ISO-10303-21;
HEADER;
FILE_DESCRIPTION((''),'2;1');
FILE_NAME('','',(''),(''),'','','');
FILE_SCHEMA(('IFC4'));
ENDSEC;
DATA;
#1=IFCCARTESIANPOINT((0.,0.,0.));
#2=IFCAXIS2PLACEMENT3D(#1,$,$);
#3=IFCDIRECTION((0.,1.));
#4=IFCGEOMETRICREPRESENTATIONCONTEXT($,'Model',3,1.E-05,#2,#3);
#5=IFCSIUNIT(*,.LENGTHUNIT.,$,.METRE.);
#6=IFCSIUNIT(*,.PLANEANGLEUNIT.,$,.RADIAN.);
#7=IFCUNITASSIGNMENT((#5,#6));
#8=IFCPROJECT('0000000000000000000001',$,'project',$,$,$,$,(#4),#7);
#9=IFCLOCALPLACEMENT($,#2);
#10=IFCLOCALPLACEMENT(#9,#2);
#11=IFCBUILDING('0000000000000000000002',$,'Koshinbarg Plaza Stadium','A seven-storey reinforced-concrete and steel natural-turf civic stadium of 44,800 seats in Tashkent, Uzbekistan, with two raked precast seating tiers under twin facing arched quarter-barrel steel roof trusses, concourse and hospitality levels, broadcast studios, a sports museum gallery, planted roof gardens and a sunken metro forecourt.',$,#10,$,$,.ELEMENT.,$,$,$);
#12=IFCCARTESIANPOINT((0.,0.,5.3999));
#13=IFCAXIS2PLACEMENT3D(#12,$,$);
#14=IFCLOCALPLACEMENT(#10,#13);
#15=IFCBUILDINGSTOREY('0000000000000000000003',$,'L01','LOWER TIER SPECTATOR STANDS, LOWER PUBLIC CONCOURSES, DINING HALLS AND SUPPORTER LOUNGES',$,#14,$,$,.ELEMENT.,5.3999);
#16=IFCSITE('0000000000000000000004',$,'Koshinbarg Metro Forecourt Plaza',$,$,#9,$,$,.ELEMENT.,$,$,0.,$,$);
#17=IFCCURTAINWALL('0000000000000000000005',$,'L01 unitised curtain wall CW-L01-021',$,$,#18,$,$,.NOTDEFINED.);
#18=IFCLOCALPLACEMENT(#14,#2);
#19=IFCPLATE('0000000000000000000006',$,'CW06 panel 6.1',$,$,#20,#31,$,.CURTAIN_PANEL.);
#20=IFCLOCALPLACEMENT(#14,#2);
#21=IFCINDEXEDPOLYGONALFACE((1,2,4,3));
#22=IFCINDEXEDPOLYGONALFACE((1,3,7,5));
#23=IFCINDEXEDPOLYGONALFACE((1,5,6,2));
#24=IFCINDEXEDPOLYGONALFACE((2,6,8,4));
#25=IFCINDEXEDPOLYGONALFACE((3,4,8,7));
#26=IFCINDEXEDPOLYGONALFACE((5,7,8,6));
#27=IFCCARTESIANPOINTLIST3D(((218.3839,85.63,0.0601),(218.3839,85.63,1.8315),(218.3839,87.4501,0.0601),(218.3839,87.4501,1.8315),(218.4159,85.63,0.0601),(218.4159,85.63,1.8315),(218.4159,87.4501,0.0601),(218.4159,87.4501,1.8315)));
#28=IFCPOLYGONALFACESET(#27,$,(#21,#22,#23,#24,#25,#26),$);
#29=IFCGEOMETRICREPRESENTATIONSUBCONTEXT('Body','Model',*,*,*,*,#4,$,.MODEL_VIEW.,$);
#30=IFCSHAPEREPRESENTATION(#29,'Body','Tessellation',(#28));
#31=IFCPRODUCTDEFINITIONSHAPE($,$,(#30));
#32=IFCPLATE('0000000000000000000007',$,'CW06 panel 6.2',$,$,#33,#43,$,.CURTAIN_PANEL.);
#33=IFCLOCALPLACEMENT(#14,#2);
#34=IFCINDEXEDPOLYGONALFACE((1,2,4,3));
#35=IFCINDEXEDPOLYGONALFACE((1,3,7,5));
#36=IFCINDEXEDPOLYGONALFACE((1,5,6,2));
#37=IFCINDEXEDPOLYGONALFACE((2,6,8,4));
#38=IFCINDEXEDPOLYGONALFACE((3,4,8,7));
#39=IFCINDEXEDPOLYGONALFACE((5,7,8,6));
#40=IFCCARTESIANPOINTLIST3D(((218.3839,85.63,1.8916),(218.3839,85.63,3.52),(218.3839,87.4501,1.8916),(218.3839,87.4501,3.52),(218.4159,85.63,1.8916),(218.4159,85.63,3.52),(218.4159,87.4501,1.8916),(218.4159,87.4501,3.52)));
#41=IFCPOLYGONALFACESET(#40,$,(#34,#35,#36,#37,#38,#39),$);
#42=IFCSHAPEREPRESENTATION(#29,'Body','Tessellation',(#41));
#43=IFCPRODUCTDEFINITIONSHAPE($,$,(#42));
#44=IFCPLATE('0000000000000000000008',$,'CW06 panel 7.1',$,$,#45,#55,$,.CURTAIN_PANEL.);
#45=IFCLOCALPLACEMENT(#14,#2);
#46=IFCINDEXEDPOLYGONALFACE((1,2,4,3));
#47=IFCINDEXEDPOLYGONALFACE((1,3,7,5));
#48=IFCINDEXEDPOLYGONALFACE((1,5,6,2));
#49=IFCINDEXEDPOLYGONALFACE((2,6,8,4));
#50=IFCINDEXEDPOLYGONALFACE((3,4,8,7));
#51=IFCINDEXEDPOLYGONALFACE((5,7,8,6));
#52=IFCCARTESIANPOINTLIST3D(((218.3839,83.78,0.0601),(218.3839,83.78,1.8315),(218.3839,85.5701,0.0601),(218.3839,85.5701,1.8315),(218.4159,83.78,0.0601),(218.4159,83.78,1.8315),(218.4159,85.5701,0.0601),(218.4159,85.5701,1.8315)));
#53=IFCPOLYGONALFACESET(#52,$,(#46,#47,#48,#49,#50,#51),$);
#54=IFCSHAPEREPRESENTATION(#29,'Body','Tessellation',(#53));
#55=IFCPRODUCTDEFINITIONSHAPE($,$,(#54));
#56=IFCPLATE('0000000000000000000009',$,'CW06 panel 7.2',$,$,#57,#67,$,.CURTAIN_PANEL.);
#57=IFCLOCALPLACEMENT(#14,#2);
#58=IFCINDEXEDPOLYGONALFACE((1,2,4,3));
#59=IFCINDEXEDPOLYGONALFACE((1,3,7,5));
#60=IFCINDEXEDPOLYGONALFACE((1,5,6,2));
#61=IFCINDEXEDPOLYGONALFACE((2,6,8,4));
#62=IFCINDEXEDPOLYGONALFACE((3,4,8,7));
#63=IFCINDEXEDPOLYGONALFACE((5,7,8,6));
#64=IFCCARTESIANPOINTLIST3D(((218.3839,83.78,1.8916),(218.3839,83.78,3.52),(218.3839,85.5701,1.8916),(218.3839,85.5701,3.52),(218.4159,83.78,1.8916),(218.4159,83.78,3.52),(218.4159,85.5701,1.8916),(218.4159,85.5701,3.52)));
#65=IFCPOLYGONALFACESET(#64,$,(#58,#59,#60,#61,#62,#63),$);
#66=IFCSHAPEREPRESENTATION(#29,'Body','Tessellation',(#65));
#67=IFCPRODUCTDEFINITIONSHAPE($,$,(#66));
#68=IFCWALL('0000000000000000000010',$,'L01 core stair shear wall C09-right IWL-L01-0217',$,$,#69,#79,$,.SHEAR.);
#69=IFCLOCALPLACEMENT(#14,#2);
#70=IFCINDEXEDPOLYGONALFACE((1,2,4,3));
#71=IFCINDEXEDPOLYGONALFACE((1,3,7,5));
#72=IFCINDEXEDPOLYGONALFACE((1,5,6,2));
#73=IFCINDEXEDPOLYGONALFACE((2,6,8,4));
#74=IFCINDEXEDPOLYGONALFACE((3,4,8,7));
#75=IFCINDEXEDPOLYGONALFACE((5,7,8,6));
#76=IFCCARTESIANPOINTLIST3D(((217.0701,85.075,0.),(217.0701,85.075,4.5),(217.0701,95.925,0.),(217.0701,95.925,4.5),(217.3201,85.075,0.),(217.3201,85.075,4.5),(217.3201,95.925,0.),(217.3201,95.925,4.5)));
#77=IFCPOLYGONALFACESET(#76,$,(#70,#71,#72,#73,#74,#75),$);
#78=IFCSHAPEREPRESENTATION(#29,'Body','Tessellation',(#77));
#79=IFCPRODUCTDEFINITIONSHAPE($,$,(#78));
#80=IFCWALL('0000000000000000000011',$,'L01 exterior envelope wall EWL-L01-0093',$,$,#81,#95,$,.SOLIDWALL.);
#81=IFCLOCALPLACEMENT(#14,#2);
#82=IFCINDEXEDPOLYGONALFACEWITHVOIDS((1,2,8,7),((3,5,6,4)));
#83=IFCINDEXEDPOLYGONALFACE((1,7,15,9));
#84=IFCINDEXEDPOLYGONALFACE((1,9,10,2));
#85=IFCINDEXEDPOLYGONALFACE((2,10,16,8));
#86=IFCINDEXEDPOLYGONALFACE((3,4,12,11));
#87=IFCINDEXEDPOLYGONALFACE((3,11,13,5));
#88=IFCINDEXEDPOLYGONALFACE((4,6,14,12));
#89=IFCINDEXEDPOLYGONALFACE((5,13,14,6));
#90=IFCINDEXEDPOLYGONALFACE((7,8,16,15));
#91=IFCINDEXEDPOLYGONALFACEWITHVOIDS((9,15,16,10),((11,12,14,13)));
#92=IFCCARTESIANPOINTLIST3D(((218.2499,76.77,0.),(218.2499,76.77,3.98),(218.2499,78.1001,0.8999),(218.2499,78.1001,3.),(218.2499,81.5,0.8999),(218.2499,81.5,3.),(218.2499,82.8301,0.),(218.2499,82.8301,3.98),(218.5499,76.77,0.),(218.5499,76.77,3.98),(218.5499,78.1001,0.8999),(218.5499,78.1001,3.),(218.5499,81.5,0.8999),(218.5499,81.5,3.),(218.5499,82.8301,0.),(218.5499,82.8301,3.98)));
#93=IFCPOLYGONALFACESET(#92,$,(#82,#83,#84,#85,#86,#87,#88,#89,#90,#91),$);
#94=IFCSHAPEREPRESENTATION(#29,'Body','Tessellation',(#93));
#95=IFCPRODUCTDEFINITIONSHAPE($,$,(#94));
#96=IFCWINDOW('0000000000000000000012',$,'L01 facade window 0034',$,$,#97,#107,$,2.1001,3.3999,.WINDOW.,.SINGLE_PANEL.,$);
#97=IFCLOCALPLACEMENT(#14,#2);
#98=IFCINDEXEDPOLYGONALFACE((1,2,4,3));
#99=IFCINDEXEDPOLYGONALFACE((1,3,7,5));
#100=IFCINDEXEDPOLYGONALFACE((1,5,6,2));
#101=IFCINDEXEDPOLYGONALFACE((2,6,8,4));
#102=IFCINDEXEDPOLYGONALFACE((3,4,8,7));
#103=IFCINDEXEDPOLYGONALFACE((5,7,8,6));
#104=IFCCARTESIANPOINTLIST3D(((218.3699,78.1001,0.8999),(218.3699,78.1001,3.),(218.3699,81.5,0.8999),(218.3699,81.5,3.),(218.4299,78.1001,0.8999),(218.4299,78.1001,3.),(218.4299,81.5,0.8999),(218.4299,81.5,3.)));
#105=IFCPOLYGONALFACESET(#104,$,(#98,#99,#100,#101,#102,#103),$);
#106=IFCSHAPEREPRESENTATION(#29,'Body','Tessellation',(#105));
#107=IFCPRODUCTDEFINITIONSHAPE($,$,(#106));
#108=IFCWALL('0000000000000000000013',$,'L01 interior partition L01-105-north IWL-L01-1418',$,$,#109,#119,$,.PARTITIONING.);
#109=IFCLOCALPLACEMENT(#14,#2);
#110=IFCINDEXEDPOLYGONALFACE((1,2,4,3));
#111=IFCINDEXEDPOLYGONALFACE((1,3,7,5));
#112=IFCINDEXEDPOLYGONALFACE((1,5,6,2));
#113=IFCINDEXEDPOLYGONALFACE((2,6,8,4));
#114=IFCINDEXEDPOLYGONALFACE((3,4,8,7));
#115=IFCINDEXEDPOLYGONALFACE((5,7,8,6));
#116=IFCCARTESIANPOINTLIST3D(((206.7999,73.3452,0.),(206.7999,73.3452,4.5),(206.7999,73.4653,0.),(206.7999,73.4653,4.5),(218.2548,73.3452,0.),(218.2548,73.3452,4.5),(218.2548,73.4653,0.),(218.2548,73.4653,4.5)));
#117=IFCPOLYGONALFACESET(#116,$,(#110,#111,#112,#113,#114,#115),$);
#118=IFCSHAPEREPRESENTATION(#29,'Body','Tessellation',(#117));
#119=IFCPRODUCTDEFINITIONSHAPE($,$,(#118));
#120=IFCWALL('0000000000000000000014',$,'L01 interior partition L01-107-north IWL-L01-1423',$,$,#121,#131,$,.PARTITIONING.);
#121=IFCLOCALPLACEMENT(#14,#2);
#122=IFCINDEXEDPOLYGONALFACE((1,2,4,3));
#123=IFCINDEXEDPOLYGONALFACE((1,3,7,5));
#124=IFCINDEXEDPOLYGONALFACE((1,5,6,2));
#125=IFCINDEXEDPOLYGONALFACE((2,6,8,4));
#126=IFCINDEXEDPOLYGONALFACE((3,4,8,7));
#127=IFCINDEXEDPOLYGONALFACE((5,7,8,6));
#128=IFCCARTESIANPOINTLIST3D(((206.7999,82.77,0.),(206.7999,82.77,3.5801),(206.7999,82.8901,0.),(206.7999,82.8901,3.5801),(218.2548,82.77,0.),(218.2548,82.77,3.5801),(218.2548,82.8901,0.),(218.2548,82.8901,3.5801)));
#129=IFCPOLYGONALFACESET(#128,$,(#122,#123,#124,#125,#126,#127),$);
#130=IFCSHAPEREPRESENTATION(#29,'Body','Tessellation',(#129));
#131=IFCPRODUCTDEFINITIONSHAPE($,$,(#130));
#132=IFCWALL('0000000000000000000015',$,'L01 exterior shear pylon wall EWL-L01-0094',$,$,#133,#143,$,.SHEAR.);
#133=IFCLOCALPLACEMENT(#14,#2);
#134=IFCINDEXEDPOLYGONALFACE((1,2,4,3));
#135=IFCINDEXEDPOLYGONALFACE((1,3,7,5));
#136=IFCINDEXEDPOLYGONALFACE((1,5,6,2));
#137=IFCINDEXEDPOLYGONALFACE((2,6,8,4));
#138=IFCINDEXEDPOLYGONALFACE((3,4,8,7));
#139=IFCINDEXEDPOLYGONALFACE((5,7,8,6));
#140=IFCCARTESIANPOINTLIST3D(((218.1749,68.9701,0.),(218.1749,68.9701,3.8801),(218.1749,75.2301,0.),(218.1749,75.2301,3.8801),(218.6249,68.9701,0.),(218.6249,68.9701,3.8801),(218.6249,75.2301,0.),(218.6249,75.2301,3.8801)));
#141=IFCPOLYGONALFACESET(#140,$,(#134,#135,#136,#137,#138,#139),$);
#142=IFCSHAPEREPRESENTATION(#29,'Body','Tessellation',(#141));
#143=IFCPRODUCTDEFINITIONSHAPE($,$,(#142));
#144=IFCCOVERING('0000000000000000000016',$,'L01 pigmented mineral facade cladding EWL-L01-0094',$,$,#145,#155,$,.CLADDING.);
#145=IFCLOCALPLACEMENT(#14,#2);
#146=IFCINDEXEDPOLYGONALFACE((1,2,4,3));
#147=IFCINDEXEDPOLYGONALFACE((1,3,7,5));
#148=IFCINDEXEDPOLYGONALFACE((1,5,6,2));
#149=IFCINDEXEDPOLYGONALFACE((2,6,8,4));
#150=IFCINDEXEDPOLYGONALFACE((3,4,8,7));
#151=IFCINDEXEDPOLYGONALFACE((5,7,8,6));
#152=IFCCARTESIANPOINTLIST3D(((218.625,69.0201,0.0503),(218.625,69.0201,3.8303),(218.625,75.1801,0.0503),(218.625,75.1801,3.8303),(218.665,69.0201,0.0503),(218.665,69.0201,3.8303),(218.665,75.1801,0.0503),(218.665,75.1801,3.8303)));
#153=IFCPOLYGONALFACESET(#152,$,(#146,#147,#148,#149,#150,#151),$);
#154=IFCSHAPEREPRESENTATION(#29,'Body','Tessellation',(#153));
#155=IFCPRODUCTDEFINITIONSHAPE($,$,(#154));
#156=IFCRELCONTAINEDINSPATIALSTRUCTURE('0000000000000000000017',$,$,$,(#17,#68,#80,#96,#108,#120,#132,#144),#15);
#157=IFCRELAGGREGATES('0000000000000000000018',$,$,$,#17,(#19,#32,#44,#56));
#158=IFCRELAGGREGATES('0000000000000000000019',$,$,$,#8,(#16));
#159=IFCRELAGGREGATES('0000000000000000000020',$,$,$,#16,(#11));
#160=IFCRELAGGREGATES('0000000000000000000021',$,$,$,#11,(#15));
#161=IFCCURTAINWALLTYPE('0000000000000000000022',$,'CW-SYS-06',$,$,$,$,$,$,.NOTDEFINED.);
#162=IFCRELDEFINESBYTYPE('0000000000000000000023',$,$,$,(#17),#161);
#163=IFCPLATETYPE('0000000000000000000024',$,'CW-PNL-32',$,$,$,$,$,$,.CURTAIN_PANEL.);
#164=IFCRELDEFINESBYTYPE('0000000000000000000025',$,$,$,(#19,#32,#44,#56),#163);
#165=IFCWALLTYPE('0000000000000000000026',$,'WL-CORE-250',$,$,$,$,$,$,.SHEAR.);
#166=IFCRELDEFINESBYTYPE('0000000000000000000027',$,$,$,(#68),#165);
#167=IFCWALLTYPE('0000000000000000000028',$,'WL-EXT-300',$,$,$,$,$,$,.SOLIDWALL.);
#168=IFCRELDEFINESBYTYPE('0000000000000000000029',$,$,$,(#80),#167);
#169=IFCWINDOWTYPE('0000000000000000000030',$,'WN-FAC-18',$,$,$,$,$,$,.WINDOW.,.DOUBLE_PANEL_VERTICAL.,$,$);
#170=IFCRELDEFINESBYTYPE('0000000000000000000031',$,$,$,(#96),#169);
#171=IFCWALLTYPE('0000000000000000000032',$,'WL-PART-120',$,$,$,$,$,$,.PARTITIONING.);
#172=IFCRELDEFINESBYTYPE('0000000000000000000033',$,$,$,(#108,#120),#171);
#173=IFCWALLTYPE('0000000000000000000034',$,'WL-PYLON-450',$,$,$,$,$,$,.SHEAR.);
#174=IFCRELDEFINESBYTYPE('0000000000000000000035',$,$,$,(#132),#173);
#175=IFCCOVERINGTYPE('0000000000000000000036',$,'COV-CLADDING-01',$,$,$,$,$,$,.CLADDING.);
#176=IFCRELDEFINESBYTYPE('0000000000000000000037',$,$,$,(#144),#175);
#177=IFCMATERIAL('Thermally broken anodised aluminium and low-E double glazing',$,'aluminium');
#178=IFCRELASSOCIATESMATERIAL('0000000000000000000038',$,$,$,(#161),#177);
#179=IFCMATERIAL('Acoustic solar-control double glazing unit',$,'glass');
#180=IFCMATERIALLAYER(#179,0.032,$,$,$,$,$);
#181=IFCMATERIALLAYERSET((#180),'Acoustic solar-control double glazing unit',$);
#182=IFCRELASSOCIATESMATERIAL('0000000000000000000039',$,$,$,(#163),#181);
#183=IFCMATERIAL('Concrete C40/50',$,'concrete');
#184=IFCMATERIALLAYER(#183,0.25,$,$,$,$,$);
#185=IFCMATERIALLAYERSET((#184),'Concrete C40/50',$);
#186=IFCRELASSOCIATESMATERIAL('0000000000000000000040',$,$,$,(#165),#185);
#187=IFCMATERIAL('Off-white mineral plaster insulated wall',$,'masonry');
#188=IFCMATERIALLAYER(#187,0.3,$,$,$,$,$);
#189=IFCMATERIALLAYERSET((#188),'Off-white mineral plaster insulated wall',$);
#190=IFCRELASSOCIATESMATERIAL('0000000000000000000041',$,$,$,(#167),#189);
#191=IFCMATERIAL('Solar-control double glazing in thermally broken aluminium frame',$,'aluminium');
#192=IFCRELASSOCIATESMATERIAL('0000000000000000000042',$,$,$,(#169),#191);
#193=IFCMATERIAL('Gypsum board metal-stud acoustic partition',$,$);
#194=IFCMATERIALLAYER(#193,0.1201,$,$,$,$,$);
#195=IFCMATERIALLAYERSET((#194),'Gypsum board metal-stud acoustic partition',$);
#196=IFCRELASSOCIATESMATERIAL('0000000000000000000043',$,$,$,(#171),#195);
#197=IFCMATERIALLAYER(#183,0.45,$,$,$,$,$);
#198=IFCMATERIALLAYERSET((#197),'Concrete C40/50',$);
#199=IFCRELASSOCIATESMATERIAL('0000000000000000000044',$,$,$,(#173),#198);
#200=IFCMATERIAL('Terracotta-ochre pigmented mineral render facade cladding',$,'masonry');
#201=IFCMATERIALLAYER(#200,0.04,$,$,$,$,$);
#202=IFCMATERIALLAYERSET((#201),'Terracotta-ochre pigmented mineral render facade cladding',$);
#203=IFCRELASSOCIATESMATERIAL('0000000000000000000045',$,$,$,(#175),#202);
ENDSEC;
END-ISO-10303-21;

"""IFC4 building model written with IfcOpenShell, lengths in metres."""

from ifc_helpers import new_model, si_unit, direction, frame, frame_2d, origin, origin_2d, place, context, subcontext, project, spatial, rectangle, extrude, material, layer, layer_set, type_object, element, fill, aggregate, save


model = new_model("IFC4")

# Units and contexts
model_context = context("Model", 3, precision=1e-05, world=origin(), true_north=direction((0.0, 1.0)))
body_context = subcontext(model_context, "Body", "Model", "MODEL_VIEW")
ifc_project = project(units=[si_unit("LENGTHUNIT", "METRE"), si_unit("PLANEANGLEUNIT", "RADIAN")], contexts=[model_context])

# Site, building, storey
site_placement = place(None, origin())
site = spatial("IfcSite", under=ifc_project, at=site_placement, Name="Koshinbarg Metro Forecourt Plaza", CompositionType="ELEMENT", RefElevation=0.0)
building_placement = place(site_placement, origin())
building = spatial("IfcBuilding", under=site, at=building_placement, Name="Koshinbarg Plaza Stadium", Description="A seven-storey reinforced-concrete and steel natural-turf civic stadium of 44,800 seats in Tashkent, Uzbekistan, with two raked precast seating tiers under twin facing arched quarter-barrel steel roof trusses, concourse and hospitality levels, broadcast studios, a sports museum gallery, planted roof gardens and a sunken metro forecourt.", CompositionType="ELEMENT")
storey_placement = place(building_placement, frame((0.0, 0.0, 5.3999)))
storey = spatial("IfcBuildingStorey", under=building, at=storey_placement, Name="L01", Description="LOWER TIER SPECTATOR STANDS, LOWER PUBLIC CONCOURSES, DINING HALLS AND SUPPORTER LOUNGES", CompositionType="ELEMENT", Elevation=5.3999)

# Shared definitions
ifc_material_1 = material(Name="Concrete C40/50", Category="concrete")

# Curtain wall, plates
ifc_material_2 = material(Name="Thermally broken anodised aluminium and low-E double glazing", Category="aluminium")
curtain_wall_type = type_object("IfcCurtainWallType", Name="CW-SYS-06", PredefinedType="NOTDEFINED", material=ifc_material_2)
curtain_wall_placement = place(storey_placement, origin())
curtain_wall = element("IfcCurtainWall", 1, at=curtain_wall_placement, inside=storey, type_object=curtain_wall_type, Name="L01 unitised curtain wall CW-L01-021", PredefinedType="NOTDEFINED")
ifc_material_3 = material(Name="Acoustic solar-control double glazing unit", Category="glass")
ifc_layer_1 = layer(ifc_material_3, 0.032)
ifc_layer_set_1 = layer_set([ifc_layer_1], Name="Acoustic solar-control double glazing unit")
plate_type = type_object("IfcPlateType", Name="CW-PNL-32", PredefinedType="CURTAIN_PANEL", material=ifc_layer_set_1)
plate_1_placement = place(storey_placement, frame((218.3999, 86.54, 0.0601), z_axis=(0.0, 0.0, 1.0), x_axis=(0.0, -1.0, 0.0)))
plate_1 = element("IfcPlate", 2, at=plate_1_placement, type_object=plate_type, Name="CW06 panel 6.1", PredefinedType="CURTAIN_PANEL", context=body_context, shape_type="SweptSolid", body=[
    extrude(rectangle(XDim=1.8201, YDim=0.032, at=origin_2d()), origin(), (0.0, 0.0, 1.0), 1.7715),
])
plate_2_placement = place(storey_placement, frame((218.3999, 86.54, 1.8916), z_axis=(0.0, 0.0, 1.0), x_axis=(0.0, -1.0, 0.0)))
plate_2 = element("IfcPlate", 3, at=plate_2_placement, type_object=plate_type, Name="CW06 panel 6.2", PredefinedType="CURTAIN_PANEL", context=body_context, shape_type="SweptSolid", body=[
    extrude(rectangle(XDim=1.8201, YDim=0.032, at=origin_2d()), origin(), (0.0, 0.0, 1.0), 1.6284),
])
plate_3_placement = place(storey_placement, frame((218.3999, 84.675, 0.0601), z_axis=(0.0, 0.0, 1.0), x_axis=(0.0, -1.0, 0.0)))
plate_3 = element("IfcPlate", 4, at=plate_3_placement, type_object=plate_type, Name="CW06 panel 7.1", PredefinedType="CURTAIN_PANEL", context=body_context, shape_type="SweptSolid", body=[
    extrude(rectangle(XDim=1.79, YDim=0.032, at=origin_2d()), origin(), (0.0, 0.0, 1.0), 1.7715),
])
plate_4_placement = place(storey_placement, frame((218.3999, 84.675, 1.8916), z_axis=(0.0, 0.0, 1.0), x_axis=(0.0, -1.0, 0.0)))
plate_4 = element("IfcPlate", 5, at=plate_4_placement, type_object=plate_type, Name="CW06 panel 7.2", PredefinedType="CURTAIN_PANEL", context=body_context, shape_type="SweptSolid", body=[
    extrude(rectangle(XDim=1.79, YDim=0.032, at=origin_2d()), origin(), (0.0, 0.0, 1.0), 1.6284),
])
aggregate(curtain_wall, [plate_1, plate_2, plate_3, plate_4])

# Wall
ifc_layer_2 = layer(ifc_material_1, 0.25)
ifc_layer_set_2 = layer_set([ifc_layer_2], Name="Concrete C40/50")
wall_type_1 = type_object("IfcWallType", Name="WL-CORE-250", PredefinedType="SHEAR", material=ifc_layer_set_2)
wall_1_placement = place(storey_placement, frame((217.1951, 85.075, 0.0), z_axis=(0.0, 0.0, 1.0), x_axis=(0.0, 1.0, 0.0)))
element("IfcWall", 6, at=wall_1_placement, inside=storey, type_object=wall_type_1, Name="L01 core stair shear wall C09-right IWL-L01-0217", PredefinedType="SHEAR", context=body_context, shape_type="SweptSolid", body=[
    extrude(rectangle(XDim=10.8501, YDim=0.25, at=frame_2d((5.425, 0.0))), origin(), (0.0, 0.0, 1.0), 4.5),
])

# Wall, opening, window
ifc_material_4 = material(Name="Off-white mineral plaster insulated wall", Category="masonry")
ifc_layer_3 = layer(ifc_material_4, 0.3)
ifc_layer_set_3 = layer_set([ifc_layer_3], Name="Off-white mineral plaster insulated wall")
wall_type_2 = type_object("IfcWallType", Name="WL-EXT-300", PredefinedType="SOLIDWALL", material=ifc_layer_set_3)
wall_2_placement = place(storey_placement, frame((218.3999, 82.8301, 0.0), z_axis=(0.0, 0.0, 1.0), x_axis=(0.0, -1.0, 0.0)))
wall_2 = element("IfcWall", 7, at=wall_2_placement, inside=storey, type_object=wall_type_2, Name="L01 exterior envelope wall EWL-L01-0093", PredefinedType="SOLIDWALL", context=body_context, shape_type="SweptSolid", body=[
    extrude(rectangle(XDim=6.0601, YDim=0.3, at=frame_2d((3.03, 0.0))), origin(), (0.0, 0.0, 1.0), 3.98),
])
opening_placement = place(wall_2_placement, frame((1.3301, 0.0, 0.8999)))
opening = element("IfcOpeningElement", 8, at=opening_placement, cuts=wall_2, PredefinedType="OPENING", context=body_context, shape_type="SweptSolid", body=[
    extrude(rectangle(XDim=3.3999, YDim=2.1001, at=frame_2d((1.7, 1.05))), frame((0.0, 0.1599, 0.0), z_axis=(0.0, -1.0, 0.0), x_axis=(1.0, 0.0, 0.0)), (0.0, 0.0, 1.0), 0.3201),
])
ifc_material_5 = material(Name="Solar-control double glazing in thermally broken aluminium frame", Category="aluminium")
window_type = type_object("IfcWindowType", Name="WN-FAC-18", PartitioningType="DOUBLE_PANEL_VERTICAL", PredefinedType="WINDOW", material=ifc_material_5)
window_placement = place(opening_placement, origin())
window = element("IfcWindow", 9, at=window_placement, inside=storey, type_object=window_type, Name="L01 facade window 0034", OverallHeight=2.1001, OverallWidth=3.3999, PartitioningType="SINGLE_PANEL", PredefinedType="WINDOW", context=body_context, shape_type="SweptSolid", body=[
    extrude(rectangle(XDim=3.3999, YDim=2.1001, at=frame_2d((1.7, 1.05))), frame((0.0, 0.03, 0.0), z_axis=(0.0, -1.0, 0.0), x_axis=(1.0, 0.0, 0.0)), (0.0, 0.0, 1.0), 0.0601),
])
fill(opening, window)

# Walls
ifc_material_6 = material(Name="Gypsum board metal-stud acoustic partition")
ifc_layer_4 = layer(ifc_material_6, 0.1201)
ifc_layer_set_4 = layer_set([ifc_layer_4], Name="Gypsum board metal-stud acoustic partition")
wall_type_3 = type_object("IfcWallType", Name="WL-PART-120", PredefinedType="PARTITIONING", material=ifc_layer_set_4)
wall_3_placement = place(storey_placement, frame((218.2549, 73.4053, 0.0), z_axis=(0.0, 0.0, 1.0), x_axis=(-1.0, 0.0, 0.0)))
element("IfcWall", 10, at=wall_3_placement, inside=storey, type_object=wall_type_3, Name="L01 interior partition L01-105-north IWL-L01-1418", PredefinedType="PARTITIONING", context=body_context, shape_type="SweptSolid", body=[
    extrude(rectangle(XDim=11.4548, YDim=0.1201, at=frame_2d((5.7275, 0.0))), origin(), (0.0, 0.0, 1.0), 4.5),
])
wall_4_placement = place(storey_placement, frame((218.2549, 82.8301, 0.0), z_axis=(0.0, 0.0, 1.0), x_axis=(-1.0, 0.0, 0.0)))
element("IfcWall", 11, at=wall_4_placement, inside=storey, type_object=wall_type_3, Name="L01 interior partition L01-107-north IWL-L01-1423", PredefinedType="PARTITIONING", context=body_context, shape_type="SweptSolid", body=[
    extrude(rectangle(XDim=11.4548, YDim=0.1201, at=frame_2d((5.7275, 0.0))), origin(), (0.0, 0.0, 1.0), 3.5801),
])
ifc_layer_5 = layer(ifc_material_1, 0.45)
ifc_layer_set_5 = layer_set([ifc_layer_5], Name="Concrete C40/50")
wall_type_4 = type_object("IfcWallType", Name="WL-PYLON-450", PredefinedType="SHEAR", material=ifc_layer_set_5)
wall_5_placement = place(storey_placement, frame((218.3999, 75.23, 0.0), z_axis=(0.0, 0.0, 1.0), x_axis=(0.0, -1.0, 0.0)))
element("IfcWall", 12, at=wall_5_placement, inside=storey, type_object=wall_type_4, Name="L01 exterior shear pylon wall EWL-L01-0094", PredefinedType="SHEAR", context=body_context, shape_type="SweptSolid", body=[
    extrude(rectangle(XDim=6.26, YDim=0.45, at=frame_2d((3.1299, 0.0))), origin(), (0.0, 0.0, 1.0), 3.8801),
])

# Covering
ifc_material_7 = material(Name="Terracotta-ochre pigmented mineral render facade cladding", Category="masonry")
ifc_layer_6 = layer(ifc_material_7, 0.04)
ifc_layer_set_6 = layer_set([ifc_layer_6], Name="Terracotta-ochre pigmented mineral render facade cladding")
covering_type = type_object("IfcCoveringType", Name="COV-CLADDING-01", PredefinedType="CLADDING", material=ifc_layer_set_6)
covering_placement = place(storey_placement, frame((218.645, 72.1001, 0.0503), z_axis=(0.0, 0.0, 1.0), x_axis=(0.0, -1.0, 0.0)))
element("IfcCovering", 13, at=covering_placement, inside=storey, type_object=covering_type, Name="L01 pigmented mineral facade cladding EWL-L01-0094", PredefinedType="CLADDING", context=body_context, shape_type="SweptSolid", body=[
    extrude(rectangle(XDim=6.1599, YDim=0.04, at=origin_2d()), origin(), (0.0, 0.0, 1.0), 3.78),
])

save(model, "model.ifc")
